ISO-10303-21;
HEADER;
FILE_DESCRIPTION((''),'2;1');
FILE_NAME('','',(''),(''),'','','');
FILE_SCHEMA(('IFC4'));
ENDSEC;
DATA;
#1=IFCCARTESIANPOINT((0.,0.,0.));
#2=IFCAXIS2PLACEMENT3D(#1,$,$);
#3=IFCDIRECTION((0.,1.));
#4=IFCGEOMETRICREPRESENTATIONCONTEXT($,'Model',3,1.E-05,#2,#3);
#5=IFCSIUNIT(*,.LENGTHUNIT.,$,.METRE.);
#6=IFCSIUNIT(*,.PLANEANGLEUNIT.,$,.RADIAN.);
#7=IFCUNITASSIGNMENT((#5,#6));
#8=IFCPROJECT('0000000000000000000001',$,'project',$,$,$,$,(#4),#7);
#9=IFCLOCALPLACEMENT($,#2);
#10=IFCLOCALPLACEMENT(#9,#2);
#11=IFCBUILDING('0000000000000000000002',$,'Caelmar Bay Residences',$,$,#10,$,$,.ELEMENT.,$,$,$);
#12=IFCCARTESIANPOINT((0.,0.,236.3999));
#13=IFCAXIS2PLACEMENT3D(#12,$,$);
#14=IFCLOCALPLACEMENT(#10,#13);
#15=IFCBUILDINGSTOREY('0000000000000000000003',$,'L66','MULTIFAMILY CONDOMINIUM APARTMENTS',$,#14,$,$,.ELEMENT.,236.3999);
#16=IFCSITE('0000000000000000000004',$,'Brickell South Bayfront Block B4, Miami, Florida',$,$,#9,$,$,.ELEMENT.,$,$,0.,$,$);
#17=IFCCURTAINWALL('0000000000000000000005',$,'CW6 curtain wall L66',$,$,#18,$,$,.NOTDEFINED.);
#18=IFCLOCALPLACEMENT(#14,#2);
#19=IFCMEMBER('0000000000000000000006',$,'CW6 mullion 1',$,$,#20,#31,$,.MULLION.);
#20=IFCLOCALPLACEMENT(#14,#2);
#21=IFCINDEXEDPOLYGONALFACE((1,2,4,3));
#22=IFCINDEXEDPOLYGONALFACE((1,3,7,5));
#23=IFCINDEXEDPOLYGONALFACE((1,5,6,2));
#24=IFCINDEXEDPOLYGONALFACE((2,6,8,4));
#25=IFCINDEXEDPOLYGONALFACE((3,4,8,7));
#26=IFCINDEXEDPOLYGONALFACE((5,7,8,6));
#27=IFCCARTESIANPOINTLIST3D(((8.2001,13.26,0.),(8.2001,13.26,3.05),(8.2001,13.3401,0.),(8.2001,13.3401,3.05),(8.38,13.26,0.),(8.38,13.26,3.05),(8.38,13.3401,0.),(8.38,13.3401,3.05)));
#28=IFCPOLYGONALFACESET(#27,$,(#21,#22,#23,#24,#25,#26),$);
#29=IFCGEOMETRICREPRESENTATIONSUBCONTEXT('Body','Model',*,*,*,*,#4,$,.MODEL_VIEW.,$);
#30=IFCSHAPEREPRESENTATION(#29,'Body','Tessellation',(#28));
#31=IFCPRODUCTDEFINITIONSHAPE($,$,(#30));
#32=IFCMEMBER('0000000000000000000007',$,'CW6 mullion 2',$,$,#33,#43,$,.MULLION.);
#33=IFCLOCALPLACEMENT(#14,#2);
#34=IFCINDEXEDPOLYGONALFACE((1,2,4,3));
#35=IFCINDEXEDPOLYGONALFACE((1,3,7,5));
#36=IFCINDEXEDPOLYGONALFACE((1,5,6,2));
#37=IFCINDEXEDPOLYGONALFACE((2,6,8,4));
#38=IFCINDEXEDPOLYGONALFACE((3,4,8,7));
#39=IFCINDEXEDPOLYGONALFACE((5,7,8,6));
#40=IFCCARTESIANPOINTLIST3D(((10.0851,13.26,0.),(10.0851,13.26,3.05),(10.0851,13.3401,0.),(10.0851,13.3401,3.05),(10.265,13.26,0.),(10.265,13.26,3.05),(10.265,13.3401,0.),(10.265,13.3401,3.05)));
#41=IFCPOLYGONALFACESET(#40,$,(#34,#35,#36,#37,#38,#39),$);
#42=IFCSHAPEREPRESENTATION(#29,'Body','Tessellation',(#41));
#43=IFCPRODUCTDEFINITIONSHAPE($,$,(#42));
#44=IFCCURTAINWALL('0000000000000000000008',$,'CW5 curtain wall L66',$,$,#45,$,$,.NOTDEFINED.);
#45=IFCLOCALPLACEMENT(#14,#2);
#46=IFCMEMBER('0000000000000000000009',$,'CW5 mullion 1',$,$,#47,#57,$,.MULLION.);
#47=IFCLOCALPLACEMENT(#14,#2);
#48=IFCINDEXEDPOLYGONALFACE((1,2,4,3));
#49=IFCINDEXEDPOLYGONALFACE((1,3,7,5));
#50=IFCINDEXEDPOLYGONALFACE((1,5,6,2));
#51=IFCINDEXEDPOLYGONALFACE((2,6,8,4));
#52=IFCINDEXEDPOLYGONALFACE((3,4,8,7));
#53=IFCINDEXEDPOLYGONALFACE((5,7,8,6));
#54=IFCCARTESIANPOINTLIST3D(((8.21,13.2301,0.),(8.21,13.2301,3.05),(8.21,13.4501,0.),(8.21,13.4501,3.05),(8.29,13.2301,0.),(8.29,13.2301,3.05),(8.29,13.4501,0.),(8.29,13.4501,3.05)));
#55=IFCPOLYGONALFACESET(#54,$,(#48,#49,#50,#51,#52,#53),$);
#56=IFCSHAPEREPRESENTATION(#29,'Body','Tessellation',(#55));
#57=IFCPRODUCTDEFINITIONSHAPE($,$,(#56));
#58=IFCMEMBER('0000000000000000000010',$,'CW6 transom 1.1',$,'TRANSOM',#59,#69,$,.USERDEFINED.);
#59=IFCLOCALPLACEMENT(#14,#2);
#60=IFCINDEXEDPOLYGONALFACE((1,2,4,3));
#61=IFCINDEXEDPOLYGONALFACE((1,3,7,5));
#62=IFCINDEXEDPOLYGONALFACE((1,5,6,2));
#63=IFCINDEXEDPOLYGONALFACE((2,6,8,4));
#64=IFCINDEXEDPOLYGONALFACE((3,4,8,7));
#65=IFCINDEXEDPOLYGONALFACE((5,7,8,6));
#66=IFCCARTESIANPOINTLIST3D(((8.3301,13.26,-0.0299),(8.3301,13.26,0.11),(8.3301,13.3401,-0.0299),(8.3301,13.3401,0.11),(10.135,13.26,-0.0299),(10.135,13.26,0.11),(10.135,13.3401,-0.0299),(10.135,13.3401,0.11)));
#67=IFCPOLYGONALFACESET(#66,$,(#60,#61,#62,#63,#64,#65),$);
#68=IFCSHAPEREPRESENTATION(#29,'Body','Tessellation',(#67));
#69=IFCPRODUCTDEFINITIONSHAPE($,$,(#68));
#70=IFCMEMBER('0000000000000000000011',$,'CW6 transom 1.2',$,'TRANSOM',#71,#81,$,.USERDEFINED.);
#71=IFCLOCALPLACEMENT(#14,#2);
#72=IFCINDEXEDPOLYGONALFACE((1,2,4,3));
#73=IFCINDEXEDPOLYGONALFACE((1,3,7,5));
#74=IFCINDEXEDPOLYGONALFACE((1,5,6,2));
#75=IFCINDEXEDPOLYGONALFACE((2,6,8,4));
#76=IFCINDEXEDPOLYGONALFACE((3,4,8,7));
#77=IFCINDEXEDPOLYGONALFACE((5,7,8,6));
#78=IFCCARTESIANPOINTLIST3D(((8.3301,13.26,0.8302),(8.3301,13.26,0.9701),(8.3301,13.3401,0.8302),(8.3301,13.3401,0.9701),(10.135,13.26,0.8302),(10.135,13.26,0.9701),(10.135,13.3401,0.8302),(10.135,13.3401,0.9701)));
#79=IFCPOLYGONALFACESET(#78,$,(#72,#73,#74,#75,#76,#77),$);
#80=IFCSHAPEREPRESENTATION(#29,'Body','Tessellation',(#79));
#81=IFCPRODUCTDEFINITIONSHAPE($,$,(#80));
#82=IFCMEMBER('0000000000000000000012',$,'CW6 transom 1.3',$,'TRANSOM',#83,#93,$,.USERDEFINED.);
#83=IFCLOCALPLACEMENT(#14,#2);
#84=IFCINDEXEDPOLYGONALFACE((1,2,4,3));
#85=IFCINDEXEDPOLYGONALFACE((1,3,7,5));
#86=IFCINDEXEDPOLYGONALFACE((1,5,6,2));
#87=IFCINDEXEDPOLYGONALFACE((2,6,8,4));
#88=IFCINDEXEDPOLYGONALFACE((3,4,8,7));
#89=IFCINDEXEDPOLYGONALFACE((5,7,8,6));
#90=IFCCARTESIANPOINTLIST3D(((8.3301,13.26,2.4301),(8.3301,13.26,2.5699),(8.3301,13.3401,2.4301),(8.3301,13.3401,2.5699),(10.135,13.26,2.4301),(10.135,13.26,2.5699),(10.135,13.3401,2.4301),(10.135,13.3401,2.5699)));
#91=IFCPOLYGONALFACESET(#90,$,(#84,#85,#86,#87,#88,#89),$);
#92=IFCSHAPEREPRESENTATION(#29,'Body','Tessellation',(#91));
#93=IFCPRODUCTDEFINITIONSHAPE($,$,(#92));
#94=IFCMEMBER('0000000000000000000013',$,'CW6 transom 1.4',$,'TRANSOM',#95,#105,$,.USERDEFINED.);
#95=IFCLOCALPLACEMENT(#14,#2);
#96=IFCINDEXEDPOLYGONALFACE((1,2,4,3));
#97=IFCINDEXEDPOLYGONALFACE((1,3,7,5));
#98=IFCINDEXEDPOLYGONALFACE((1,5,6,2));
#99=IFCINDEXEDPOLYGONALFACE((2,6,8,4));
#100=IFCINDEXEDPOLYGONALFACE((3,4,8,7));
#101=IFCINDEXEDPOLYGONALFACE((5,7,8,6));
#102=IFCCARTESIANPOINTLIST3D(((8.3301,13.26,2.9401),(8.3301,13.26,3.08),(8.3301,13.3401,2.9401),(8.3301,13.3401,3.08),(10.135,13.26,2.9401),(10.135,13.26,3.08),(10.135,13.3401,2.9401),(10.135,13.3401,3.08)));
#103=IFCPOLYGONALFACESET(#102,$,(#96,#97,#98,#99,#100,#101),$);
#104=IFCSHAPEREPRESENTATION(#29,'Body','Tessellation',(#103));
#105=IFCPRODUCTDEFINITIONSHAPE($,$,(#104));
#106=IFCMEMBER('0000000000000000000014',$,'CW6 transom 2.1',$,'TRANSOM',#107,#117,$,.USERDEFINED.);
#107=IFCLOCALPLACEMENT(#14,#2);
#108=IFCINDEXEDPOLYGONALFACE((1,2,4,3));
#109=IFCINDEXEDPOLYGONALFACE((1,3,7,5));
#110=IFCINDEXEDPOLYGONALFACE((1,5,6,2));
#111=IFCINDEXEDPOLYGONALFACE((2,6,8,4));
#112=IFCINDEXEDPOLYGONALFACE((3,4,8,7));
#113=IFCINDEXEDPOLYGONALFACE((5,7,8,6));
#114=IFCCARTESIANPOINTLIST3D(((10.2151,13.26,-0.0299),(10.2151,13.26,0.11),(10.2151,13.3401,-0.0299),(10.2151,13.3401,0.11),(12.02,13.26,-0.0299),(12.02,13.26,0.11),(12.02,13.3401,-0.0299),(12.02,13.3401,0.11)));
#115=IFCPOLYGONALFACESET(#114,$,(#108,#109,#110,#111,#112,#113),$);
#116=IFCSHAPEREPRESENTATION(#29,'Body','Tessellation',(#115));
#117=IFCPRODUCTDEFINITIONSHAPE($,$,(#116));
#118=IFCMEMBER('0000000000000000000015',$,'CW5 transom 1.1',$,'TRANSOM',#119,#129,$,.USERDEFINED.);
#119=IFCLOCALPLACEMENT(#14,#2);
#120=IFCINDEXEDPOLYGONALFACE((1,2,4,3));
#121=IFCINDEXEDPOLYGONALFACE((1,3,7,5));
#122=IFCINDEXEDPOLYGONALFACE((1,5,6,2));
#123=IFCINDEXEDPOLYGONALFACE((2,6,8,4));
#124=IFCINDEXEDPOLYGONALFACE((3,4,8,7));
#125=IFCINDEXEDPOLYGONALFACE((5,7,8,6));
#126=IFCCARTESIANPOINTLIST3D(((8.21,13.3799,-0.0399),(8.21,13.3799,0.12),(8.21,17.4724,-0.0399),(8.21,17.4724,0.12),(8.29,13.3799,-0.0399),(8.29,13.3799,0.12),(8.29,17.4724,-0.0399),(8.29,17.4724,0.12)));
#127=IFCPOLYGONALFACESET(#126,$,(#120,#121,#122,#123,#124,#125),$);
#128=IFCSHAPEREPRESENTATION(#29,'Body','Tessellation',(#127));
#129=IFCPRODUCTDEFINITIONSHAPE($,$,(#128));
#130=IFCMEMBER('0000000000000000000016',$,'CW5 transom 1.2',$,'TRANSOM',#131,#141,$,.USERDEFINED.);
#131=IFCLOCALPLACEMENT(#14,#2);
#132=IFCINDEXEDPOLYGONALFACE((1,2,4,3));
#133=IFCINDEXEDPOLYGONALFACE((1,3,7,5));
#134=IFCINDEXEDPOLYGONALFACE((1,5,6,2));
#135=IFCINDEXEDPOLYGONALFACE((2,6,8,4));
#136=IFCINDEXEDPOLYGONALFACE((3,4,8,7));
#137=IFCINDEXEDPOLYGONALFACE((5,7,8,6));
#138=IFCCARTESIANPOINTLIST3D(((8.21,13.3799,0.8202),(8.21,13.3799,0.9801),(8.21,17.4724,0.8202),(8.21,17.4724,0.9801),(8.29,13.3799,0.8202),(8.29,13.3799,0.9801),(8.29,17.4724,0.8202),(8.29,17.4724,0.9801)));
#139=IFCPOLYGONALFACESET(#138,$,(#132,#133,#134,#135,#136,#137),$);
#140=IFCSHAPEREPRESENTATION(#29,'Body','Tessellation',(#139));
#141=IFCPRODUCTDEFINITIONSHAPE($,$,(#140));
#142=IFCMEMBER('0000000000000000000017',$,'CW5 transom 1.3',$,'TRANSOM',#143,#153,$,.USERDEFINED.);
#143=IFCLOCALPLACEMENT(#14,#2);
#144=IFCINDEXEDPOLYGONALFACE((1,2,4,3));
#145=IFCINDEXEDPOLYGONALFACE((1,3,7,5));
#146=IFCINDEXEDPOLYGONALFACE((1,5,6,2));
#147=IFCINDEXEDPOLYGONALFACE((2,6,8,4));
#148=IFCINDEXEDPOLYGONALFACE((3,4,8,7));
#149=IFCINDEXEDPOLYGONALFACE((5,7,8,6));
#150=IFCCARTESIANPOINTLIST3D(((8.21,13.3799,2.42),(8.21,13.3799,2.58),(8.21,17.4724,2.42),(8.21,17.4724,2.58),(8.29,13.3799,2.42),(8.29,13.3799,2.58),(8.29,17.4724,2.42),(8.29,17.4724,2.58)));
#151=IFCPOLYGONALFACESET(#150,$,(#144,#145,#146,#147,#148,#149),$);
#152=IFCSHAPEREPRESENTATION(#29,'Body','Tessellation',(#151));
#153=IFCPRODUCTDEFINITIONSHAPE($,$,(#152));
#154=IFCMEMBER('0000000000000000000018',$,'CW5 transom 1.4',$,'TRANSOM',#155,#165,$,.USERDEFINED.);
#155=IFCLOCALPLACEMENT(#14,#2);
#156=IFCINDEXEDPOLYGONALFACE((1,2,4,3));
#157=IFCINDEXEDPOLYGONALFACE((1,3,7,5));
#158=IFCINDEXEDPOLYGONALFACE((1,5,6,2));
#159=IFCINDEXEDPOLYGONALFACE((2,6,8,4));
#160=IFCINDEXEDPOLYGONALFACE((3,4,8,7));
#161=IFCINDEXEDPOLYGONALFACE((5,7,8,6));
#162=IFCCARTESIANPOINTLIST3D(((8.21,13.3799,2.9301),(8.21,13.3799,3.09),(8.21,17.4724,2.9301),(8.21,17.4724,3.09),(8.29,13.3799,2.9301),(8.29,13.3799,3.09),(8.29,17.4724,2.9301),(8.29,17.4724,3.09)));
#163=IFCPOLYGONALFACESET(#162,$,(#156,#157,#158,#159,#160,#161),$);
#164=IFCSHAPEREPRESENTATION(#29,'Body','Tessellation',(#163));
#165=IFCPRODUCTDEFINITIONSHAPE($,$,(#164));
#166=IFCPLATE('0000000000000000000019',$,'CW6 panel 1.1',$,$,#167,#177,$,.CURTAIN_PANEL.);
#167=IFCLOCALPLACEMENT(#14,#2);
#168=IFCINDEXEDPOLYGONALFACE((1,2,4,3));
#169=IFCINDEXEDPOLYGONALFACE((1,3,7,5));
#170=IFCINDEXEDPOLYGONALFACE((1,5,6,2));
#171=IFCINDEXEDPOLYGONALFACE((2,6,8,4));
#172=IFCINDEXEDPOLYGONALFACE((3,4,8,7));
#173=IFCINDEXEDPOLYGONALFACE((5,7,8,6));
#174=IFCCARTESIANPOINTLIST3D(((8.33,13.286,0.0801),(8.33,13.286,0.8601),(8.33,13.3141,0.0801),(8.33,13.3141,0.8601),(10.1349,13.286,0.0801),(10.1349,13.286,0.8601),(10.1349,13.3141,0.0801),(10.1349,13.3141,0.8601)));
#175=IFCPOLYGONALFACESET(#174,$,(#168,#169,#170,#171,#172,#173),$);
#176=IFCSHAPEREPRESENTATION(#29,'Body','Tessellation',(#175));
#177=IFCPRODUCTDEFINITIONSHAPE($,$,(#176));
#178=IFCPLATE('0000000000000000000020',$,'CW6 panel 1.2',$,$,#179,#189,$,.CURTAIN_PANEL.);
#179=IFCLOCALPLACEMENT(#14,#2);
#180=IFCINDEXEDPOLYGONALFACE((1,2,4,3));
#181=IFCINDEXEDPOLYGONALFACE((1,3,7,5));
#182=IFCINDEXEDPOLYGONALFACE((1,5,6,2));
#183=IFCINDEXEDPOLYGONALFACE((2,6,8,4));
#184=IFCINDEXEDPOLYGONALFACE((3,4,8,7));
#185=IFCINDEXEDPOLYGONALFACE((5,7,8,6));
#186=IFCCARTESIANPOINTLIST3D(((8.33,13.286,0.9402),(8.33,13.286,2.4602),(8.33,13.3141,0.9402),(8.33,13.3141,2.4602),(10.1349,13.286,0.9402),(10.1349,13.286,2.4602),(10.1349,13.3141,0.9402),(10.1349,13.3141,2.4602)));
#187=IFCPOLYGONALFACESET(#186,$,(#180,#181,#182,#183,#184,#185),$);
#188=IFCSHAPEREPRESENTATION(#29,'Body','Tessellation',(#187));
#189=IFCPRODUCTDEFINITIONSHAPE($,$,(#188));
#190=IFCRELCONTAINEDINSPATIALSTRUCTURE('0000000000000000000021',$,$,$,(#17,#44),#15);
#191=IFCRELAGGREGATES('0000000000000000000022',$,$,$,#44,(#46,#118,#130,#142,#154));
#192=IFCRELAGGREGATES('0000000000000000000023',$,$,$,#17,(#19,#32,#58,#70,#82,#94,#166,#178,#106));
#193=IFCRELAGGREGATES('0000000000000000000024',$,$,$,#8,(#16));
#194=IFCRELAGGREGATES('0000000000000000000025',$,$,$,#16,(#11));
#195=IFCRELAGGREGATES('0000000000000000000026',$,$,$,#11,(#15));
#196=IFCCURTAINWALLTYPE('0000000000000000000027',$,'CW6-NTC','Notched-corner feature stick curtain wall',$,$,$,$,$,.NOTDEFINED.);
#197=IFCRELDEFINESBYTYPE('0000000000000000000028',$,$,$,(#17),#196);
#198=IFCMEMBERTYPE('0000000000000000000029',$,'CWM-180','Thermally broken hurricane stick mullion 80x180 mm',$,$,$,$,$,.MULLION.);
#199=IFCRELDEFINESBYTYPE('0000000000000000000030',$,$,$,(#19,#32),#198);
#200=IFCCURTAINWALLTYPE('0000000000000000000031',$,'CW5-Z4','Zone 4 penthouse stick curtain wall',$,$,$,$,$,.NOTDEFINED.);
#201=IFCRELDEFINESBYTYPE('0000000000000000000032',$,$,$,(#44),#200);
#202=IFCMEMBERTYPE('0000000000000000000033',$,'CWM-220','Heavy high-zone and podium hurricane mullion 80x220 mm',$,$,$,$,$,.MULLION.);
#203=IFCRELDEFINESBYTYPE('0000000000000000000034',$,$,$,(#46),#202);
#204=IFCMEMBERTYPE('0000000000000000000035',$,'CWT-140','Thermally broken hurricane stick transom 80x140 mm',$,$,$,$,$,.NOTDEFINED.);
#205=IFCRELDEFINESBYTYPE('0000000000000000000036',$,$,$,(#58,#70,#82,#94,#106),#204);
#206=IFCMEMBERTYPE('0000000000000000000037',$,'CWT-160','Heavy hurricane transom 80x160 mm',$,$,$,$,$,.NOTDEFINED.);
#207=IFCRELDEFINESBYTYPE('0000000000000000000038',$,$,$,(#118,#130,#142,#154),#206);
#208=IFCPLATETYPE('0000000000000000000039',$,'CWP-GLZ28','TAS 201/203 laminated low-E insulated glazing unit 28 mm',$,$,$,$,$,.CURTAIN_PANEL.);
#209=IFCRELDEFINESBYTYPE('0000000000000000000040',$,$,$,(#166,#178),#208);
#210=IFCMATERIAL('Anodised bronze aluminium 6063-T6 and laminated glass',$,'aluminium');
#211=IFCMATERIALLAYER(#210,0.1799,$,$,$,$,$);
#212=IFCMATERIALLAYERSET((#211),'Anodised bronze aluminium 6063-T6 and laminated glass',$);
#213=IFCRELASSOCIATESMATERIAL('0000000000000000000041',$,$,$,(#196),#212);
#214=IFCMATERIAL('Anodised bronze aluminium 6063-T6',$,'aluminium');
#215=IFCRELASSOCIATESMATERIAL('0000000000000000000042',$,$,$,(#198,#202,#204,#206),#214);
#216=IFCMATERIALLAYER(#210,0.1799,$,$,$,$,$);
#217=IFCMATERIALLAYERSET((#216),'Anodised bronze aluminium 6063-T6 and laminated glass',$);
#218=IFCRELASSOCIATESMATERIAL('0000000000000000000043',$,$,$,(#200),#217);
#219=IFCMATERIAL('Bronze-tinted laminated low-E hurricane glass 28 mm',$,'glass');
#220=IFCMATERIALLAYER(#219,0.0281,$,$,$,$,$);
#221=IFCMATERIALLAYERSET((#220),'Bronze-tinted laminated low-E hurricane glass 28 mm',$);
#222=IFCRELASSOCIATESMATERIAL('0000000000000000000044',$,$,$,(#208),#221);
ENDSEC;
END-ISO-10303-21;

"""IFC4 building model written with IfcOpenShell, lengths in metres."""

from ifc_helpers import new_model, si_unit, direction, frame, origin, origin_2d, place, context, subcontext, project, spatial, rectangle, extrude, material, layer, layer_set, material_profile, profile_set, type_object, element, aggregate, save


model = new_model("IFC4")

# Units and contexts
model_context = context("Model", 3, precision=1e-05, world=origin(), true_north=direction((0.0, 1.0)))
body_context = subcontext(model_context, "Body", "Model", "MODEL_VIEW")
ifc_project = project(units=[si_unit("LENGTHUNIT", "METRE"), si_unit("PLANEANGLEUNIT", "RADIAN")], contexts=[model_context])

# Site, building, storey
site_placement = place(None, origin())
site = spatial("IfcSite", under=ifc_project, at=site_placement, Name="Brickell South Bayfront Block B4, Miami, Florida", CompositionType="ELEMENT", RefElevation=0.0)
building_placement = place(site_placement, origin())
building = spatial("IfcBuilding", under=site, at=building_placement, Name="Caelmar Bay Residences", CompositionType="ELEMENT")
storey_placement = place(building_placement, frame((0.0, 0.0, 236.3999)))
storey = spatial("IfcBuildingStorey", under=building, at=storey_placement, Name="L66", Description="MULTIFAMILY CONDOMINIUM APARTMENTS", CompositionType="ELEMENT", Elevation=236.3999)

# Curtain wall, members
ifc_material_1 = material(Name="Anodised bronze aluminium 6063-T6 and laminated glass", Category="aluminium")
ifc_layer_1 = layer(ifc_material_1, 0.1799)
ifc_layer_set_1 = layer_set([ifc_layer_1], Name="Anodised bronze aluminium 6063-T6 and laminated glass")
curtain_wall_type_1 = type_object("IfcCurtainWallType", Name="CW6-NTC", Description="Notched-corner feature stick curtain wall", PredefinedType="NOTDEFINED", material=ifc_layer_set_1)
curtain_wall_1_placement = place(storey_placement, origin())
curtain_wall_1 = element("IfcCurtainWall", 1, at=curtain_wall_1_placement, inside=storey, type_object=curtain_wall_type_1, Name="CW6 curtain wall L66", PredefinedType="NOTDEFINED")
ifc_material_2 = material(Name="Anodised bronze aluminium 6063-T6", Category="aluminium")
ifc_material_profile_1 = material_profile(ifc_material_2, rectangle(XDim=0.0801, YDim=0.1799, at=origin_2d()), Name="CWM-80X180")
ifc_profile_set_1 = profile_set([ifc_material_profile_1], Name="Anodised bronze aluminium 6063-T6")
member_type_1 = type_object("IfcMemberType", Name="CWM-180", Description="Thermally broken hurricane stick mullion 80x180 mm", PredefinedType="MULLION", material=ifc_profile_set_1)
member_1_placement = place(storey_placement, frame((8.29, 13.3, 0.0), z_axis=(0.0, 0.0, 1.0), x_axis=(0.0, 1.0, 0.0)))
member_1 = element("IfcMember", 2, at=member_1_placement, type_object=member_type_1, Name="CW6 mullion 1", PredefinedType="MULLION", context=body_context, shape_type="SweptSolid", body=[
    extrude(rectangle(XDim=0.0801, YDim=0.1799, at=origin_2d()), origin(), (0.0, 0.0, 1.0), 3.05),
])
member_2_placement = place(storey_placement, frame((10.175, 13.3, 0.0), z_axis=(0.0, 0.0, 1.0), x_axis=(0.0, 1.0, 0.0)))
member_2 = element("IfcMember", 3, at=member_2_placement, type_object=member_type_1, Name="CW6 mullion 2", PredefinedType="MULLION", context=body_context, shape_type="SweptSolid", body=[
    extrude(rectangle(XDim=0.0801, YDim=0.1799, at=origin_2d()), origin(), (0.0, 0.0, 1.0), 3.05),
])

# Curtain wall, member
ifc_layer_2 = layer(ifc_material_1, 0.1799)
ifc_layer_set_2 = layer_set([ifc_layer_2], Name="Anodised bronze aluminium 6063-T6 and laminated glass")
curtain_wall_type_2 = type_object("IfcCurtainWallType", Name="CW5-Z4", Description="Zone 4 penthouse stick curtain wall", PredefinedType="NOTDEFINED", material=ifc_layer_set_2)
curtain_wall_2_placement = place(storey_placement, origin())
curtain_wall_2 = element("IfcCurtainWall", 4, at=curtain_wall_2_placement, inside=storey, type_object=curtain_wall_type_2, Name="CW5 curtain wall L66", PredefinedType="NOTDEFINED")
ifc_material_profile_2 = material_profile(ifc_material_2, rectangle(XDim=0.0801, YDim=0.22, at=origin_2d()), Name="CWM-80X220")
ifc_profile_set_2 = profile_set([ifc_material_profile_2], Name="Anodised bronze aluminium 6063-T6")
member_type_2 = type_object("IfcMemberType", Name="CWM-220", Description="Heavy high-zone and podium hurricane mullion 80x220 mm", PredefinedType="MULLION", material=ifc_profile_set_2)
member_3_placement = place(storey_placement, frame((8.25, 13.3401, 0.0), z_axis=(0.0, 0.0, 1.0), x_axis=(-1.0, 0.0, 0.0)))
member_3 = element("IfcMember", 5, at=member_3_placement, type_object=member_type_2, Name="CW5 mullion 1", PredefinedType="MULLION", context=body_context, shape_type="SweptSolid", body=[
    extrude(rectangle(XDim=0.0801, YDim=0.22, at=origin_2d()), origin(), (0.0, 0.0, 1.0), 3.05),
])

# Members
ifc_material_profile_3 = material_profile(ifc_material_2, rectangle(XDim=0.0801, YDim=0.1399, at=origin_2d()), Name="CWT-80X140")
ifc_profile_set_3 = profile_set([ifc_material_profile_3], Name="Anodised bronze aluminium 6063-T6")
member_type_3 = type_object("IfcMemberType", Name="CWT-140", Description="Thermally broken hurricane stick transom 80x140 mm", PredefinedType="NOTDEFINED", material=ifc_profile_set_3)
member_4_placement = place(storey_placement, frame((8.3301, 13.3, 0.04), z_axis=(1.0, 0.0, 0.0), x_axis=(0.0, 1.0, 0.0)))
member_4 = element("IfcMember", 6, at=member_4_placement, type_object=member_type_3, Name="CW6 transom 1.1", ObjectType="TRANSOM", PredefinedType="USERDEFINED", context=body_context, shape_type="SweptSolid", body=[
    extrude(rectangle(XDim=0.0801, YDim=0.1399, at=origin_2d()), origin(), (0.0, 0.0, 1.0), 1.8049),
])
member_5_placement = place(storey_placement, frame((8.3301, 13.3, 0.9001), z_axis=(1.0, 0.0, 0.0), x_axis=(0.0, 1.0, 0.0)))
member_5 = element("IfcMember", 7, at=member_5_placement, type_object=member_type_3, Name="CW6 transom 1.2", ObjectType="TRANSOM", PredefinedType="USERDEFINED", context=body_context, shape_type="SweptSolid", body=[
    extrude(rectangle(XDim=0.0801, YDim=0.1399, at=origin_2d()), origin(), (0.0, 0.0, 1.0), 1.8049),
])
member_6_placement = place(storey_placement, frame((8.3301, 13.3, 2.5), z_axis=(1.0, 0.0, 0.0), x_axis=(0.0, 1.0, 0.0)))
member_6 = element("IfcMember", 8, at=member_6_placement, type_object=member_type_3, Name="CW6 transom 1.3", ObjectType="TRANSOM", PredefinedType="USERDEFINED", context=body_context, shape_type="SweptSolid", body=[
    extrude(rectangle(XDim=0.0801, YDim=0.1399, at=origin_2d()), origin(), (0.0, 0.0, 1.0), 1.8049),
])
member_7_placement = place(storey_placement, frame((8.3301, 13.3, 3.01), z_axis=(1.0, 0.0, 0.0), x_axis=(0.0, 1.0, 0.0)))
member_7 = element("IfcMember", 9, at=member_7_placement, type_object=member_type_3, Name="CW6 transom 1.4", ObjectType="TRANSOM", PredefinedType="USERDEFINED", context=body_context, shape_type="SweptSolid", body=[
    extrude(rectangle(XDim=0.0801, YDim=0.1399, at=origin_2d()), origin(), (0.0, 0.0, 1.0), 1.8049),
])
member_8_placement = place(storey_placement, frame((10.2151, 13.3, 0.04), z_axis=(1.0, 0.0, 0.0), x_axis=(0.0, 1.0, 0.0)))
member_8 = element("IfcMember", 10, at=member_8_placement, type_object=member_type_3, Name="CW6 transom 2.1", ObjectType="TRANSOM", PredefinedType="USERDEFINED", context=body_context, shape_type="SweptSolid", body=[
    extrude(rectangle(XDim=0.0801, YDim=0.1399, at=origin_2d()), origin(), (0.0, 0.0, 1.0), 1.8049),
])
ifc_material_profile_4 = material_profile(ifc_material_2, rectangle(XDim=0.0801, YDim=0.1599, at=origin_2d()), Name="CWT-80X160")
ifc_profile_set_4 = profile_set([ifc_material_profile_4], Name="Anodised bronze aluminium 6063-T6")
member_type_4 = type_object("IfcMemberType", Name="CWT-160", Description="Heavy hurricane transom 80x160 mm", PredefinedType="NOTDEFINED", material=ifc_profile_set_4)
member_9_placement = place(storey_placement, frame((8.25, 13.3799, 0.04), z_axis=(0.0, 1.0, 0.0), x_axis=(-1.0, 0.0, 0.0)))
member_9 = element("IfcMember", 11, at=member_9_placement, type_object=member_type_4, Name="CW5 transom 1.1", ObjectType="TRANSOM", PredefinedType="USERDEFINED", context=body_context, shape_type="SweptSolid", body=[
    extrude(rectangle(XDim=0.0801, YDim=0.1599, at=origin_2d()), origin(), (0.0, 0.0, 1.0), 4.0925),
])
member_10_placement = place(storey_placement, frame((8.25, 13.3799, 0.9001), z_axis=(0.0, 1.0, 0.0), x_axis=(-1.0, 0.0, 0.0)))
member_10 = element("IfcMember", 12, at=member_10_placement, type_object=member_type_4, Name="CW5 transom 1.2", ObjectType="TRANSOM", PredefinedType="USERDEFINED", context=body_context, shape_type="SweptSolid", body=[
    extrude(rectangle(XDim=0.0801, YDim=0.1599, at=origin_2d()), origin(), (0.0, 0.0, 1.0), 4.0925),
])
member_11_placement = place(storey_placement, frame((8.25, 13.3799, 2.5), z_axis=(0.0, 1.0, 0.0), x_axis=(-1.0, 0.0, 0.0)))
member_11 = element("IfcMember", 13, at=member_11_placement, type_object=member_type_4, Name="CW5 transom 1.3", ObjectType="TRANSOM", PredefinedType="USERDEFINED", context=body_context, shape_type="SweptSolid", body=[
    extrude(rectangle(XDim=0.0801, YDim=0.1599, at=origin_2d()), origin(), (0.0, 0.0, 1.0), 4.0925),
])
member_12_placement = place(storey_placement, frame((8.25, 13.3799, 3.01), z_axis=(0.0, 1.0, 0.0), x_axis=(-1.0, 0.0, 0.0)))
member_12 = element("IfcMember", 14, at=member_12_placement, type_object=member_type_4, Name="CW5 transom 1.4", ObjectType="TRANSOM", PredefinedType="USERDEFINED", context=body_context, shape_type="SweptSolid", body=[
    extrude(rectangle(XDim=0.0801, YDim=0.1599, at=origin_2d()), origin(), (0.0, 0.0, 1.0), 4.0925),
])
aggregate(curtain_wall_2, [member_3, member_9, member_10, member_11, member_12])

# Plates
ifc_material_3 = material(Name="Bronze-tinted laminated low-E hurricane glass 28 mm", Category="glass")
ifc_layer_3 = layer(ifc_material_3, 0.0281)
ifc_layer_set_3 = layer_set([ifc_layer_3], Name="Bronze-tinted laminated low-E hurricane glass 28 mm")
plate_type = type_object("IfcPlateType", Name="CWP-GLZ28", Description="TAS 201/203 laminated low-E insulated glazing unit 28 mm", PredefinedType="CURTAIN_PANEL", material=ifc_layer_set_3)
plate_1_placement = place(storey_placement, frame((9.2324, 13.3, 0.0801), z_axis=(0.0, 0.0, 1.0), x_axis=(1.0, 0.0, 0.0)))
plate_1 = element("IfcPlate", 15, at=plate_1_placement, type_object=plate_type, Name="CW6 panel 1.1", PredefinedType="CURTAIN_PANEL", context=body_context, shape_type="SweptSolid", body=[
    extrude(rectangle(XDim=1.8049, YDim=0.0281, at=origin_2d()), origin(), (0.0, 0.0, 1.0), 0.78),
])
plate_2_placement = place(storey_placement, frame((9.2324, 13.3, 0.9402), z_axis=(0.0, 0.0, 1.0), x_axis=(1.0, 0.0, 0.0)))
plate_2 = element("IfcPlate", 16, at=plate_2_placement, type_object=plate_type, Name="CW6 panel 1.2", PredefinedType="CURTAIN_PANEL", context=body_context, shape_type="SweptSolid", body=[
    extrude(rectangle(XDim=1.8049, YDim=0.0281, at=origin_2d()), origin(), (0.0, 0.0, 1.0), 1.52),
])
aggregate(curtain_wall_1, [member_1, member_2, member_4, member_5, member_6, member_7, plate_1, plate_2, member_8])

save(model, "model.ifc")
